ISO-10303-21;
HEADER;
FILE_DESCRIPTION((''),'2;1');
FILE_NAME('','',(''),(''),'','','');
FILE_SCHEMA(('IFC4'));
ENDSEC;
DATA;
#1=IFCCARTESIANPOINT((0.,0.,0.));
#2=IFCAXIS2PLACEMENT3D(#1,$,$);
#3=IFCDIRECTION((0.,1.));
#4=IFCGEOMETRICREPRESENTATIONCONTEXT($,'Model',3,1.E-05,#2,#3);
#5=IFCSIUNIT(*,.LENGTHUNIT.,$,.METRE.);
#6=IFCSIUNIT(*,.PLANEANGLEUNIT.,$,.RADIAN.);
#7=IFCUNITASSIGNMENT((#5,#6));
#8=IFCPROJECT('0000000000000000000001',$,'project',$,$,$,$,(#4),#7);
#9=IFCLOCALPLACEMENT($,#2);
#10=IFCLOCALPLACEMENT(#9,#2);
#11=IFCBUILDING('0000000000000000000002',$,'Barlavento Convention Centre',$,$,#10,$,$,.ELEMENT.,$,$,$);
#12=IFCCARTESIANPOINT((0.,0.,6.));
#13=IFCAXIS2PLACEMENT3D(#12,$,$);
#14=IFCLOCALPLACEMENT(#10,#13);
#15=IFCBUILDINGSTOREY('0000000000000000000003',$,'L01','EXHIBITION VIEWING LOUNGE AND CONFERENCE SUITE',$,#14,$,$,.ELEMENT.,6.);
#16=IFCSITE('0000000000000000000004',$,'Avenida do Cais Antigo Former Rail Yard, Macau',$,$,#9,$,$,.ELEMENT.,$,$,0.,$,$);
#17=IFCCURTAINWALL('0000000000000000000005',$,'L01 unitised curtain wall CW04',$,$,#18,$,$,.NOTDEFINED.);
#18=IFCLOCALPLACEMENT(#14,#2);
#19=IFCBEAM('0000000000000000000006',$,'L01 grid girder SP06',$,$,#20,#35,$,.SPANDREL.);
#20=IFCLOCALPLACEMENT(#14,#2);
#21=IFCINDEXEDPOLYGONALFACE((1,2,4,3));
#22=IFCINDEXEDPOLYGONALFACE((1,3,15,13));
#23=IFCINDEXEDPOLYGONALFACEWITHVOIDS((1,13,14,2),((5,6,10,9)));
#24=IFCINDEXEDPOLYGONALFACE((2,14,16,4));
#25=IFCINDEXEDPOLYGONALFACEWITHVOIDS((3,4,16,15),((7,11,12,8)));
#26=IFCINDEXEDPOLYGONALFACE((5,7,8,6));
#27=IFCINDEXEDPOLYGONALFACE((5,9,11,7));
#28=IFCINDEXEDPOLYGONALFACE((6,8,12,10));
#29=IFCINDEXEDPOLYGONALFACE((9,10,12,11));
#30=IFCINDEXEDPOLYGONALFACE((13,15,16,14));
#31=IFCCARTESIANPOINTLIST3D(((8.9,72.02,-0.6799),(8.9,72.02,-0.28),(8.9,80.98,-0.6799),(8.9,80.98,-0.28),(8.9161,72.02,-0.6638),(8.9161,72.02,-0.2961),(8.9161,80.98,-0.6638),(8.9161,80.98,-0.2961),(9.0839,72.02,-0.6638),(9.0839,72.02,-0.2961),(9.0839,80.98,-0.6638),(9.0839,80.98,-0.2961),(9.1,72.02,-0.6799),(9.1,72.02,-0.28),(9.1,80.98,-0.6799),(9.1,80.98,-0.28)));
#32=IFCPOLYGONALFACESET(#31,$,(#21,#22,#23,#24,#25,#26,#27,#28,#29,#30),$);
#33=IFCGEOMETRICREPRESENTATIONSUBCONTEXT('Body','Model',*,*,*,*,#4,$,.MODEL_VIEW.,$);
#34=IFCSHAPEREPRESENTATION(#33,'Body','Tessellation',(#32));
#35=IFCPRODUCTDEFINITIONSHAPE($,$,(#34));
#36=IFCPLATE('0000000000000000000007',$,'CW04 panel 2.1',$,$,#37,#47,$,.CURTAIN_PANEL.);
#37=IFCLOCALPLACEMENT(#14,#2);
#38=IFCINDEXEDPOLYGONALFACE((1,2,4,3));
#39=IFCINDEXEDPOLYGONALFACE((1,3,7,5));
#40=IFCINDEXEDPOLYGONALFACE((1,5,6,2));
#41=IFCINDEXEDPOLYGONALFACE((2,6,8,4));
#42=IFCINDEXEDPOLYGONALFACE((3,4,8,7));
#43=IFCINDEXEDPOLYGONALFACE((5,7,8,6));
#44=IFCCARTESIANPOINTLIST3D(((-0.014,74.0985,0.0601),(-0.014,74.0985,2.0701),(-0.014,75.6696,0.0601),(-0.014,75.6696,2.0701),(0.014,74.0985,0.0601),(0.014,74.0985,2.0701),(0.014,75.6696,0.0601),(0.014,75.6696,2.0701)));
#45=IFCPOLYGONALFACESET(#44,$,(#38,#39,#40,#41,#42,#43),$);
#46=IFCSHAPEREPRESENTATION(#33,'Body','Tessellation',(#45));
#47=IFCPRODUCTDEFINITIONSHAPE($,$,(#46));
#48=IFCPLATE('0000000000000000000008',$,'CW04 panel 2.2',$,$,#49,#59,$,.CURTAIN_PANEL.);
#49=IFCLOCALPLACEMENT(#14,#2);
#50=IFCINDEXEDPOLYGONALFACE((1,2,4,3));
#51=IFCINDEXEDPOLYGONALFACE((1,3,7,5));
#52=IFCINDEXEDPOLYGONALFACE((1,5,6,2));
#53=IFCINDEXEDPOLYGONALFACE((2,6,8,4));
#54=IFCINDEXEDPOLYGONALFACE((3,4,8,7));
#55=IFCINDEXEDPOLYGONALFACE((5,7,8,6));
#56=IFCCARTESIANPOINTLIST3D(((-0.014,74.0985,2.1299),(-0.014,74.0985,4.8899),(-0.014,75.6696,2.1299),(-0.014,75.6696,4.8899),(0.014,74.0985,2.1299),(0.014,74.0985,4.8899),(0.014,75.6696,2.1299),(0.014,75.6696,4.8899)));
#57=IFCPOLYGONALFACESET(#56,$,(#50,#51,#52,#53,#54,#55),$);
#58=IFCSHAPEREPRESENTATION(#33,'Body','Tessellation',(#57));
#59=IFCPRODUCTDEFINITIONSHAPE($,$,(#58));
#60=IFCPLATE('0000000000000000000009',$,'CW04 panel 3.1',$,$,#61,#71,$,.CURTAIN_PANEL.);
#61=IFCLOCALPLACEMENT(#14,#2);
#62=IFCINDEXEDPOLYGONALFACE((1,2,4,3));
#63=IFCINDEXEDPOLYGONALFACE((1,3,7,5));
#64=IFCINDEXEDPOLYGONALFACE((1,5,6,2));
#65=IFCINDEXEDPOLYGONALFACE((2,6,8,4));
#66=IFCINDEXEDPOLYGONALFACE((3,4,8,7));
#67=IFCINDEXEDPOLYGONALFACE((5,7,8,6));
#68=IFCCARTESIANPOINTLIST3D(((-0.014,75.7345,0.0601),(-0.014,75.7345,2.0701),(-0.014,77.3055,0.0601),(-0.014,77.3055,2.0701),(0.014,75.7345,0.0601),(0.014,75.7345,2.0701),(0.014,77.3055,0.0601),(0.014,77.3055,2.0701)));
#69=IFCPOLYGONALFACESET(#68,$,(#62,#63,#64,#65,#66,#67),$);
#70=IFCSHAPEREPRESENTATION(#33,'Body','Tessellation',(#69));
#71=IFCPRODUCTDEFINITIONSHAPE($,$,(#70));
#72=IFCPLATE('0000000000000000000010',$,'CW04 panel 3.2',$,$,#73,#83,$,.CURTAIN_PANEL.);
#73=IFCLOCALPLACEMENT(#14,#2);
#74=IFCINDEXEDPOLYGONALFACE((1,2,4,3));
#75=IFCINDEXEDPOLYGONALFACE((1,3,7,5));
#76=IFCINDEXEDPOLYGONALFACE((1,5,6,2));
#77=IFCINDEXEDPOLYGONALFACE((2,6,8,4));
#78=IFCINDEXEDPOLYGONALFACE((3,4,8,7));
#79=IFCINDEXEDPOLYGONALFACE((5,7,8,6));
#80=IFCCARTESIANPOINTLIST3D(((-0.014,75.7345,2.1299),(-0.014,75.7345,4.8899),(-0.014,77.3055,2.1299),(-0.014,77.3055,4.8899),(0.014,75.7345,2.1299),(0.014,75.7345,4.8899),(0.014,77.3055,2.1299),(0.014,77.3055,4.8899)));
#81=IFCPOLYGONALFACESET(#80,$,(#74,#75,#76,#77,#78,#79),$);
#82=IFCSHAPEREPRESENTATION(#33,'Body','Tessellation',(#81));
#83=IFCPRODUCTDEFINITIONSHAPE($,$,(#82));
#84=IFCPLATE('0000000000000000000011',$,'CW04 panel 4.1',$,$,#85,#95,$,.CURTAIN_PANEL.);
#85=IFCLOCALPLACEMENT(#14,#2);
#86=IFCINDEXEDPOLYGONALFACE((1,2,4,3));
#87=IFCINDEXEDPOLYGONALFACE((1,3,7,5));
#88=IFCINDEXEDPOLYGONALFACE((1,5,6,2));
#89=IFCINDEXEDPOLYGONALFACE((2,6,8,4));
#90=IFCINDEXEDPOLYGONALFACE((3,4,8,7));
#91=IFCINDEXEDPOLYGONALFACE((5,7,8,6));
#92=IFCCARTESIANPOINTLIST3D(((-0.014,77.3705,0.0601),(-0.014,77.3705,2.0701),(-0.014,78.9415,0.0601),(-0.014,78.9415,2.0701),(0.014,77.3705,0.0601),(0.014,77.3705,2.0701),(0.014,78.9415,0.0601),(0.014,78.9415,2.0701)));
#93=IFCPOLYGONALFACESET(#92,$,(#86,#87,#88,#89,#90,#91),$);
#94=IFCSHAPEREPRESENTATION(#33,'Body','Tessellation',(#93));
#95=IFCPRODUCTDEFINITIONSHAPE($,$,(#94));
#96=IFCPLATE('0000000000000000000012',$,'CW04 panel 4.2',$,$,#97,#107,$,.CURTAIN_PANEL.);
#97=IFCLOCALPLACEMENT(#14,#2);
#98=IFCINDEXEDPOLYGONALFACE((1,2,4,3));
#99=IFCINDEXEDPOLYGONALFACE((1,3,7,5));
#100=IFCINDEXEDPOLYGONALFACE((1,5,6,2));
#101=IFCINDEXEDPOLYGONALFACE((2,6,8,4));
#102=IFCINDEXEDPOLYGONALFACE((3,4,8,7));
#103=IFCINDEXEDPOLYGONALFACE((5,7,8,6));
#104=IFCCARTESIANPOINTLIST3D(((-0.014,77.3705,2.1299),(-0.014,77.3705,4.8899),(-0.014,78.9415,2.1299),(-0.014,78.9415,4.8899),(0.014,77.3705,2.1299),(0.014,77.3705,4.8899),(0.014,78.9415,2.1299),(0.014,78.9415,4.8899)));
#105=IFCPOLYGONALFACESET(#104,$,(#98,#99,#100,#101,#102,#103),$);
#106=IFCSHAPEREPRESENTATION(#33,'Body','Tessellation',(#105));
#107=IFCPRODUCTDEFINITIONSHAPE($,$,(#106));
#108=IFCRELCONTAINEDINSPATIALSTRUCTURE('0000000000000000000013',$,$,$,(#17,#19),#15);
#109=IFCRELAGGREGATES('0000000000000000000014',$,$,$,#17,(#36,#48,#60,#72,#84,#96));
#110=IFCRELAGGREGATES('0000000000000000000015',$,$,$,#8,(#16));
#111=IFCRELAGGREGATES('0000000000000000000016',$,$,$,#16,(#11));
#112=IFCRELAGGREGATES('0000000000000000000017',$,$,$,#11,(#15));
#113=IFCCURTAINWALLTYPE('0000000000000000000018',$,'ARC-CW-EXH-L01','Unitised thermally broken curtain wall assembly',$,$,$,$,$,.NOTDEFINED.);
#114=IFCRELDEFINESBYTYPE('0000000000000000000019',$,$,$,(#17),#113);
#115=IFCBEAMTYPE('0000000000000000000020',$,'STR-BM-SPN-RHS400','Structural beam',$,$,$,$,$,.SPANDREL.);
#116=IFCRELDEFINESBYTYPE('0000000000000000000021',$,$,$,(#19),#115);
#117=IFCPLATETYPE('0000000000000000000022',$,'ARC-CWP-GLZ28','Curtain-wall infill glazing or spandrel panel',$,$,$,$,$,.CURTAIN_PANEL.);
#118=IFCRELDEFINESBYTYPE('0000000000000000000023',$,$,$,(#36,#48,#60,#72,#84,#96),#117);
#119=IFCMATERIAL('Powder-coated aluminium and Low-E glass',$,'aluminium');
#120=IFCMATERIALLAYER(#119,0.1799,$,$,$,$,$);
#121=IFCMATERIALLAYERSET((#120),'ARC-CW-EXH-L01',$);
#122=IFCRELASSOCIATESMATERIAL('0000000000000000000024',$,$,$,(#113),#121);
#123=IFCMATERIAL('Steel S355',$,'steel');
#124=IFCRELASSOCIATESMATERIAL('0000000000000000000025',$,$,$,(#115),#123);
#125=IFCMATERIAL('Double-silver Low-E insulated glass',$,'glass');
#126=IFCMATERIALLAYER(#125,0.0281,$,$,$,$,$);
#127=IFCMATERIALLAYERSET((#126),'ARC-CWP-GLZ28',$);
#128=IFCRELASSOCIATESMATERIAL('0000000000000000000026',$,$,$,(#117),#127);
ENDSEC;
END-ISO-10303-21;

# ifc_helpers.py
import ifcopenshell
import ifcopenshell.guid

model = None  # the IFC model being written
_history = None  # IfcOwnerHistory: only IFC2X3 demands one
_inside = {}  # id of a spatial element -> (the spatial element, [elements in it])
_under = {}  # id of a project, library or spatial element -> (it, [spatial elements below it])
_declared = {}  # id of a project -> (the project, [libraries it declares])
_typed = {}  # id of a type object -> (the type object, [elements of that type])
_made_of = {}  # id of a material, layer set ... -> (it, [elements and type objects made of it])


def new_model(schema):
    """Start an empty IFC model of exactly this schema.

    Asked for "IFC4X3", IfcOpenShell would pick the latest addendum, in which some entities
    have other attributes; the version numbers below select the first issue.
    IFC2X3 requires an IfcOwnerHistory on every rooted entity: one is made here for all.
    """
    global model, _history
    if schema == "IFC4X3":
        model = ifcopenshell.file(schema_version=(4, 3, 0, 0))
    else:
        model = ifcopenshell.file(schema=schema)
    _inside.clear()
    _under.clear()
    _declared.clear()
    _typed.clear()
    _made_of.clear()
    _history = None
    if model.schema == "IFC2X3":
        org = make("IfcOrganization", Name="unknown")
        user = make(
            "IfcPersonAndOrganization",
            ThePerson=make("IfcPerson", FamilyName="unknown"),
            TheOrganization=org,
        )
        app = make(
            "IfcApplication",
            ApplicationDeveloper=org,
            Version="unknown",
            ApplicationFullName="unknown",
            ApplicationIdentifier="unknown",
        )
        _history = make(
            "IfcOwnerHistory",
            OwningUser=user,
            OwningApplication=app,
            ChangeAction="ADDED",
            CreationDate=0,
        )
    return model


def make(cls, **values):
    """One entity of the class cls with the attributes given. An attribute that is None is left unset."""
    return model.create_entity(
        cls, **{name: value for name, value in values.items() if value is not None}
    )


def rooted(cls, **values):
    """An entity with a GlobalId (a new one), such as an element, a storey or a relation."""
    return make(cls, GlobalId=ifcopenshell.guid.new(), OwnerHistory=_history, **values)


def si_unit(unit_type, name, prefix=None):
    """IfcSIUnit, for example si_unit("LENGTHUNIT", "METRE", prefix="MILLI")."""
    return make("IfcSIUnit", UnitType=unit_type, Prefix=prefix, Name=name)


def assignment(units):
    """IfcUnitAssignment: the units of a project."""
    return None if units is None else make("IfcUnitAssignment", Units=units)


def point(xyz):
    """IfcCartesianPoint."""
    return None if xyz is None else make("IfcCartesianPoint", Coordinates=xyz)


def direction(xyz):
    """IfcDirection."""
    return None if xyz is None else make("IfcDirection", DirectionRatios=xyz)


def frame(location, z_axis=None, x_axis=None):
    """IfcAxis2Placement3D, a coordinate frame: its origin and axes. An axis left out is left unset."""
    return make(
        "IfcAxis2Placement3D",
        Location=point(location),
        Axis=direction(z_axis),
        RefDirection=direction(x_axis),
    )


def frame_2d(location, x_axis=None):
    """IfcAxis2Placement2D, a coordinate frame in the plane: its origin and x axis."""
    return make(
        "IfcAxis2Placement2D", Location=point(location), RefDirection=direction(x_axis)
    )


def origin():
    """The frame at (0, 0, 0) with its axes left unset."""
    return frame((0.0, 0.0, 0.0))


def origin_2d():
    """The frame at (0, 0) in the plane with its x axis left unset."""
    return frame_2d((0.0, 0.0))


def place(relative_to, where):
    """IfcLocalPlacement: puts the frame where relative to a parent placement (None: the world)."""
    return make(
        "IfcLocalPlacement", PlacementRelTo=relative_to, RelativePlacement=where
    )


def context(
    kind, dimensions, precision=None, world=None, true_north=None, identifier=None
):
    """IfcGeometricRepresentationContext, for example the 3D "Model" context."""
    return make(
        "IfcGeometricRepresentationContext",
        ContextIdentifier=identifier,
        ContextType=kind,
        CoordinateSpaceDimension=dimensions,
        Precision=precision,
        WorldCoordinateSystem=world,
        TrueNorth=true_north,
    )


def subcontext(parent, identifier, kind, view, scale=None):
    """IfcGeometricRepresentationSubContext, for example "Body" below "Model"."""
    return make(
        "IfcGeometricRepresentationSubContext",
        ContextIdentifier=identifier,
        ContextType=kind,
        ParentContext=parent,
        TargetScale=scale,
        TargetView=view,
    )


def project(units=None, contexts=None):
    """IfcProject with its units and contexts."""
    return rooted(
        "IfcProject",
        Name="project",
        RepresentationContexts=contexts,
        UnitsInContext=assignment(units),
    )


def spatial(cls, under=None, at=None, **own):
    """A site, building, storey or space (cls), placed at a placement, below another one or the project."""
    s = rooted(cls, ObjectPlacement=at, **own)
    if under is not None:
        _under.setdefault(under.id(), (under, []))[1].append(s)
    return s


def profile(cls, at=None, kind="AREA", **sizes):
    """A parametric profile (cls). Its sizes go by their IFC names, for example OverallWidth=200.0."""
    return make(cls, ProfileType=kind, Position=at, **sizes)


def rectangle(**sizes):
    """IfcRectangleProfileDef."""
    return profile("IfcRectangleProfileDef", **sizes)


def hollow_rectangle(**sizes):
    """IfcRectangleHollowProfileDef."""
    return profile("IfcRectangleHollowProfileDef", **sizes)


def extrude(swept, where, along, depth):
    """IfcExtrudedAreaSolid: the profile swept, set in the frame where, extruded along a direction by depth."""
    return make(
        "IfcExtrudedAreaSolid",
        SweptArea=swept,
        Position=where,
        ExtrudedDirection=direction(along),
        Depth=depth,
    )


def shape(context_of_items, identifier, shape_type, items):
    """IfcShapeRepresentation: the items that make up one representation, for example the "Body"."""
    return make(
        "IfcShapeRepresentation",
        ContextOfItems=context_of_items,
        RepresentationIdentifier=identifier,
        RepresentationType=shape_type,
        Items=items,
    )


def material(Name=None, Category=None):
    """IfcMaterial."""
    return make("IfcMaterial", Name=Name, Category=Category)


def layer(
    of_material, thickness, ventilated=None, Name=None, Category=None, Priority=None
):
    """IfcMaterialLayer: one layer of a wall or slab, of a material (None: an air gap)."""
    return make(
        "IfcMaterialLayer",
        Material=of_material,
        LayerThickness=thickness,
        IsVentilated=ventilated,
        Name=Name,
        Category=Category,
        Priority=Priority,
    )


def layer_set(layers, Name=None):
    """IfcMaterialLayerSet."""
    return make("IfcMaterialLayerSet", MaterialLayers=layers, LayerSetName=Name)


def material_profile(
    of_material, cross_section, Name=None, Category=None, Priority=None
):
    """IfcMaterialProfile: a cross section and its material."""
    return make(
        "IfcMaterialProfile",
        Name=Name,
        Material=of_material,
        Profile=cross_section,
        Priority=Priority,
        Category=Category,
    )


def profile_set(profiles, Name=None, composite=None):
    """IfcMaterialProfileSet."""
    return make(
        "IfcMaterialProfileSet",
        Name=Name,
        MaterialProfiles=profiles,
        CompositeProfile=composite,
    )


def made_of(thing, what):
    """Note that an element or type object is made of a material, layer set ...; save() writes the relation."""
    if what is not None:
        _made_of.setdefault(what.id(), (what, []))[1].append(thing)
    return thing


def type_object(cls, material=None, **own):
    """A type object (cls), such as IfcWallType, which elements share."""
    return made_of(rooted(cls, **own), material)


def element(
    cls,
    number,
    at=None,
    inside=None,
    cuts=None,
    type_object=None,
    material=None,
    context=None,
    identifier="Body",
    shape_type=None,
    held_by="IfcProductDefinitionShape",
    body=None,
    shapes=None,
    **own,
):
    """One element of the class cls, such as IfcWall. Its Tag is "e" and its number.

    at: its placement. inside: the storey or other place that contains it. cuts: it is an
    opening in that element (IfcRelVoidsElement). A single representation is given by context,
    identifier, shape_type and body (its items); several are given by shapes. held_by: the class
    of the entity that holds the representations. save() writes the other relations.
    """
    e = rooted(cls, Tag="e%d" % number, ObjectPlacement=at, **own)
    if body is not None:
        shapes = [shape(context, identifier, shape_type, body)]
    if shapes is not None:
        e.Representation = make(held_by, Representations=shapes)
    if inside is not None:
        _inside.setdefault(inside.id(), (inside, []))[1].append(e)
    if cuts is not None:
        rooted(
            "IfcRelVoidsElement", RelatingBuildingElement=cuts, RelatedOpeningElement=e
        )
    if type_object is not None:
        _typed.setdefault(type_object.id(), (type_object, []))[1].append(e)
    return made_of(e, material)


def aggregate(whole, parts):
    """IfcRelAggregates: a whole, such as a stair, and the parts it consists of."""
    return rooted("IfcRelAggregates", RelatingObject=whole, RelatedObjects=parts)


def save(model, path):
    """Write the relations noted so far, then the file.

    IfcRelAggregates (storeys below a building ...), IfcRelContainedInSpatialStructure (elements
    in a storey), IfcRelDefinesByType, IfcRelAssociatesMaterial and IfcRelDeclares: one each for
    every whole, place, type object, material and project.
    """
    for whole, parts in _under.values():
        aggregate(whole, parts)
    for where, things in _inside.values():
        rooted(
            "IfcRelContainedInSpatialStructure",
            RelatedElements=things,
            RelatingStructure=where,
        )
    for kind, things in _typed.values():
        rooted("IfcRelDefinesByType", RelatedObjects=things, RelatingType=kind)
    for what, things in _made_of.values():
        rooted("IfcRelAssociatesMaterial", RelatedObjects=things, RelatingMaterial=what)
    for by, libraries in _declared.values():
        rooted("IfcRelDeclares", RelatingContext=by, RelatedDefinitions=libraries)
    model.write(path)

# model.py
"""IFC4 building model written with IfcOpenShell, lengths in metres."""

from ifc_helpers import new_model, si_unit, direction, frame, origin, origin_2d, place, context, subcontext, project, spatial, rectangle, hollow_rectangle, extrude, material, layer, layer_set, material_profile, profile_set, type_object, element, aggregate, save


model = new_model("IFC4")

# Units and contexts
model_context = context("Model", 3, precision=1e-05, world=origin(), true_north=direction((0.0, 1.0)))
body_context = subcontext(model_context, "Body", "Model", "MODEL_VIEW")
ifc_project = project(units=[si_unit("LENGTHUNIT", "METRE"), si_unit("PLANEANGLEUNIT", "RADIAN")], contexts=[model_context])

# Site, building, storey
site_placement = place(None, origin())
site = spatial("IfcSite", under=ifc_project, at=site_placement, Name="Avenida do Cais Antigo Former Rail Yard, Macau", CompositionType="ELEMENT", RefElevation=0.0)
building_placement = place(site_placement, origin())
building = spatial("IfcBuilding", under=site, at=building_placement, Name="Barlavento Convention Centre", CompositionType="ELEMENT")
storey_placement = place(building_placement, frame((0.0, 0.0, 6.0)))
storey = spatial("IfcBuildingStorey", under=building, at=storey_placement, Name="L01", Description="EXHIBITION VIEWING LOUNGE AND CONFERENCE SUITE", CompositionType="ELEMENT", Elevation=6.0)

# Shared definitions
ifc_material_1 = material(Name="Steel S355", Category="steel")

# Curtain wall
ifc_material_2 = material(Name="Powder-coated aluminium and Low-E glass", Category="aluminium")
ifc_layer_1 = layer(ifc_material_2, 0.1799)
ifc_layer_set_1 = layer_set([ifc_layer_1], Name="ARC-CW-EXH-L01")
curtain_wall_type = type_object("IfcCurtainWallType", Name="ARC-CW-EXH-L01", Description="Unitised thermally broken curtain wall assembly", PredefinedType="NOTDEFINED", material=ifc_layer_set_1)
curtain_wall_placement = place(storey_placement, origin())
curtain_wall = element("IfcCurtainWall", 1, at=curtain_wall_placement, inside=storey, type_object=curtain_wall_type, Name="L01 unitised curtain wall CW04", PredefinedType="NOTDEFINED")

# Beam
ifc_material_profile_1 = material_profile(ifc_material_1, hollow_rectangle(XDim=0.2, YDim=0.3999, WallThickness=0.0161, at=origin_2d()), Name="RHS 400x200x16.0")
ifc_profile_set_1 = profile_set([ifc_material_profile_1], Name="Steel S355")
beam_type_1 = type_object("IfcBeamType", Name="STR-BM-SPN-RHS400", Description="Structural beam", PredefinedType="SPANDREL", material=ifc_profile_set_1)
beam_1_placement = place(storey_placement, frame((9.0, 72.02, -0.48), z_axis=(0.0, 1.0, 0.0), x_axis=(-1.0, 0.0, 0.0)))
element("IfcBeam", 2, at=beam_1_placement, inside=storey, type_object=beam_type_1, Name="L01 grid girder SP06", PredefinedType="SPANDREL", context=body_context, shape_type="SweptSolid", body=[
    extrude(hollow_rectangle(XDim=0.2, YDim=0.3999, WallThickness=0.0161, at=origin_2d()), origin(), (0.0, 0.0, 1.0), 8.96),
])

# Plates
ifc_material_3 = material(Name="Double-silver Low-E insulated glass", Category="glass")
ifc_layer_2 = layer(ifc_material_3, 0.0281)
ifc_layer_set_2 = layer_set([ifc_layer_2], Name="ARC-CWP-GLZ28")
plate_type = type_object("IfcPlateType", Name="ARC-CWP-GLZ28", Description="Curtain-wall infill glazing or spandrel panel", PredefinedType="CURTAIN_PANEL", material=ifc_layer_set_2)
plate_1_placement = place(storey_placement, frame((0.0, 74.884, 0.0601), z_axis=(0.0, 0.0, 1.0), x_axis=(0.0, 1.0, 0.0)))
plate_1 = element("IfcPlate", 3, at=plate_1_placement, type_object=plate_type, Name="CW04 panel 2.1", PredefinedType="CURTAIN_PANEL", context=body_context, shape_type="SweptSolid", body=[
    extrude(rectangle(XDim=1.571, YDim=0.0281, at=origin_2d()), origin(), (0.0, 0.0, 1.0), 2.01),
])
plate_2_placement = place(storey_placement, frame((0.0, 74.884, 2.1299), z_axis=(0.0, 0.0, 1.0), x_axis=(0.0, 1.0, 0.0)))
plate_2 = element("IfcPlate", 4, at=plate_2_placement, type_object=plate_type, Name="CW04 panel 2.2", PredefinedType="CURTAIN_PANEL", context=body_context, shape_type="SweptSolid", body=[
    extrude(rectangle(XDim=1.571, YDim=0.0281, at=origin_2d()), origin(), (0.0, 0.0, 1.0), 2.76),
])
plate_3_placement = place(storey_placement, frame((0.0, 76.52, 0.0601), z_axis=(0.0, 0.0, 1.0), x_axis=(0.0, 1.0, 0.0)))
plate_3 = element("IfcPlate", 5, at=plate_3_placement, type_object=plate_type, Name="CW04 panel 3.1", PredefinedType="CURTAIN_PANEL", context=body_context, shape_type="SweptSolid", body=[
    extrude(rectangle(XDim=1.571, YDim=0.0281, at=origin_2d()), origin(), (0.0, 0.0, 1.0), 2.01),
])
plate_4_placement = place(storey_placement, frame((0.0, 76.52, 2.1299), z_axis=(0.0, 0.0, 1.0), x_axis=(0.0, 1.0, 0.0)))
plate_4 = element("IfcPlate", 6, at=plate_4_placement, type_object=plate_type, Name="CW04 panel 3.2", PredefinedType="CURTAIN_PANEL", context=body_context, shape_type="SweptSolid", body=[
    extrude(rectangle(XDim=1.571, YDim=0.0281, at=origin_2d()), origin(), (0.0, 0.0, 1.0), 2.76),
])
plate_5_placement = place(storey_placement, frame((0.0, 78.156, 0.0601), z_axis=(0.0, 0.0, 1.0), x_axis=(0.0, 1.0, 0.0)))
plate_5 = element("IfcPlate", 7, at=plate_5_placement, type_object=plate_type, Name="CW04 panel 4.1", PredefinedType="CURTAIN_PANEL", context=body_context, shape_type="SweptSolid", body=[
    extrude(rectangle(XDim=1.571, YDim=0.0281, at=origin_2d()), origin(), (0.0, 0.0, 1.0), 2.01),
])
plate_6_placement = place(storey_placement, frame((0.0, 78.156, 2.1299), z_axis=(0.0, 0.0, 1.0), x_axis=(0.0, 1.0, 0.0)))
plate_6 = element("IfcPlate", 8, at=plate_6_placement, type_object=plate_type, Name="CW04 panel 4.2", PredefinedType="CURTAIN_PANEL", context=body_context, shape_type="SweptSolid", body=[
    extrude(rectangle(XDim=1.571, YDim=0.0281, at=origin_2d()), origin(), (0.0, 0.0, 1.0), 2.76),
])
aggregate(curtain_wall, [plate_1, plate_2, plate_3, plate_4, plate_5, plate_6])

save(model, "model.ifc")
